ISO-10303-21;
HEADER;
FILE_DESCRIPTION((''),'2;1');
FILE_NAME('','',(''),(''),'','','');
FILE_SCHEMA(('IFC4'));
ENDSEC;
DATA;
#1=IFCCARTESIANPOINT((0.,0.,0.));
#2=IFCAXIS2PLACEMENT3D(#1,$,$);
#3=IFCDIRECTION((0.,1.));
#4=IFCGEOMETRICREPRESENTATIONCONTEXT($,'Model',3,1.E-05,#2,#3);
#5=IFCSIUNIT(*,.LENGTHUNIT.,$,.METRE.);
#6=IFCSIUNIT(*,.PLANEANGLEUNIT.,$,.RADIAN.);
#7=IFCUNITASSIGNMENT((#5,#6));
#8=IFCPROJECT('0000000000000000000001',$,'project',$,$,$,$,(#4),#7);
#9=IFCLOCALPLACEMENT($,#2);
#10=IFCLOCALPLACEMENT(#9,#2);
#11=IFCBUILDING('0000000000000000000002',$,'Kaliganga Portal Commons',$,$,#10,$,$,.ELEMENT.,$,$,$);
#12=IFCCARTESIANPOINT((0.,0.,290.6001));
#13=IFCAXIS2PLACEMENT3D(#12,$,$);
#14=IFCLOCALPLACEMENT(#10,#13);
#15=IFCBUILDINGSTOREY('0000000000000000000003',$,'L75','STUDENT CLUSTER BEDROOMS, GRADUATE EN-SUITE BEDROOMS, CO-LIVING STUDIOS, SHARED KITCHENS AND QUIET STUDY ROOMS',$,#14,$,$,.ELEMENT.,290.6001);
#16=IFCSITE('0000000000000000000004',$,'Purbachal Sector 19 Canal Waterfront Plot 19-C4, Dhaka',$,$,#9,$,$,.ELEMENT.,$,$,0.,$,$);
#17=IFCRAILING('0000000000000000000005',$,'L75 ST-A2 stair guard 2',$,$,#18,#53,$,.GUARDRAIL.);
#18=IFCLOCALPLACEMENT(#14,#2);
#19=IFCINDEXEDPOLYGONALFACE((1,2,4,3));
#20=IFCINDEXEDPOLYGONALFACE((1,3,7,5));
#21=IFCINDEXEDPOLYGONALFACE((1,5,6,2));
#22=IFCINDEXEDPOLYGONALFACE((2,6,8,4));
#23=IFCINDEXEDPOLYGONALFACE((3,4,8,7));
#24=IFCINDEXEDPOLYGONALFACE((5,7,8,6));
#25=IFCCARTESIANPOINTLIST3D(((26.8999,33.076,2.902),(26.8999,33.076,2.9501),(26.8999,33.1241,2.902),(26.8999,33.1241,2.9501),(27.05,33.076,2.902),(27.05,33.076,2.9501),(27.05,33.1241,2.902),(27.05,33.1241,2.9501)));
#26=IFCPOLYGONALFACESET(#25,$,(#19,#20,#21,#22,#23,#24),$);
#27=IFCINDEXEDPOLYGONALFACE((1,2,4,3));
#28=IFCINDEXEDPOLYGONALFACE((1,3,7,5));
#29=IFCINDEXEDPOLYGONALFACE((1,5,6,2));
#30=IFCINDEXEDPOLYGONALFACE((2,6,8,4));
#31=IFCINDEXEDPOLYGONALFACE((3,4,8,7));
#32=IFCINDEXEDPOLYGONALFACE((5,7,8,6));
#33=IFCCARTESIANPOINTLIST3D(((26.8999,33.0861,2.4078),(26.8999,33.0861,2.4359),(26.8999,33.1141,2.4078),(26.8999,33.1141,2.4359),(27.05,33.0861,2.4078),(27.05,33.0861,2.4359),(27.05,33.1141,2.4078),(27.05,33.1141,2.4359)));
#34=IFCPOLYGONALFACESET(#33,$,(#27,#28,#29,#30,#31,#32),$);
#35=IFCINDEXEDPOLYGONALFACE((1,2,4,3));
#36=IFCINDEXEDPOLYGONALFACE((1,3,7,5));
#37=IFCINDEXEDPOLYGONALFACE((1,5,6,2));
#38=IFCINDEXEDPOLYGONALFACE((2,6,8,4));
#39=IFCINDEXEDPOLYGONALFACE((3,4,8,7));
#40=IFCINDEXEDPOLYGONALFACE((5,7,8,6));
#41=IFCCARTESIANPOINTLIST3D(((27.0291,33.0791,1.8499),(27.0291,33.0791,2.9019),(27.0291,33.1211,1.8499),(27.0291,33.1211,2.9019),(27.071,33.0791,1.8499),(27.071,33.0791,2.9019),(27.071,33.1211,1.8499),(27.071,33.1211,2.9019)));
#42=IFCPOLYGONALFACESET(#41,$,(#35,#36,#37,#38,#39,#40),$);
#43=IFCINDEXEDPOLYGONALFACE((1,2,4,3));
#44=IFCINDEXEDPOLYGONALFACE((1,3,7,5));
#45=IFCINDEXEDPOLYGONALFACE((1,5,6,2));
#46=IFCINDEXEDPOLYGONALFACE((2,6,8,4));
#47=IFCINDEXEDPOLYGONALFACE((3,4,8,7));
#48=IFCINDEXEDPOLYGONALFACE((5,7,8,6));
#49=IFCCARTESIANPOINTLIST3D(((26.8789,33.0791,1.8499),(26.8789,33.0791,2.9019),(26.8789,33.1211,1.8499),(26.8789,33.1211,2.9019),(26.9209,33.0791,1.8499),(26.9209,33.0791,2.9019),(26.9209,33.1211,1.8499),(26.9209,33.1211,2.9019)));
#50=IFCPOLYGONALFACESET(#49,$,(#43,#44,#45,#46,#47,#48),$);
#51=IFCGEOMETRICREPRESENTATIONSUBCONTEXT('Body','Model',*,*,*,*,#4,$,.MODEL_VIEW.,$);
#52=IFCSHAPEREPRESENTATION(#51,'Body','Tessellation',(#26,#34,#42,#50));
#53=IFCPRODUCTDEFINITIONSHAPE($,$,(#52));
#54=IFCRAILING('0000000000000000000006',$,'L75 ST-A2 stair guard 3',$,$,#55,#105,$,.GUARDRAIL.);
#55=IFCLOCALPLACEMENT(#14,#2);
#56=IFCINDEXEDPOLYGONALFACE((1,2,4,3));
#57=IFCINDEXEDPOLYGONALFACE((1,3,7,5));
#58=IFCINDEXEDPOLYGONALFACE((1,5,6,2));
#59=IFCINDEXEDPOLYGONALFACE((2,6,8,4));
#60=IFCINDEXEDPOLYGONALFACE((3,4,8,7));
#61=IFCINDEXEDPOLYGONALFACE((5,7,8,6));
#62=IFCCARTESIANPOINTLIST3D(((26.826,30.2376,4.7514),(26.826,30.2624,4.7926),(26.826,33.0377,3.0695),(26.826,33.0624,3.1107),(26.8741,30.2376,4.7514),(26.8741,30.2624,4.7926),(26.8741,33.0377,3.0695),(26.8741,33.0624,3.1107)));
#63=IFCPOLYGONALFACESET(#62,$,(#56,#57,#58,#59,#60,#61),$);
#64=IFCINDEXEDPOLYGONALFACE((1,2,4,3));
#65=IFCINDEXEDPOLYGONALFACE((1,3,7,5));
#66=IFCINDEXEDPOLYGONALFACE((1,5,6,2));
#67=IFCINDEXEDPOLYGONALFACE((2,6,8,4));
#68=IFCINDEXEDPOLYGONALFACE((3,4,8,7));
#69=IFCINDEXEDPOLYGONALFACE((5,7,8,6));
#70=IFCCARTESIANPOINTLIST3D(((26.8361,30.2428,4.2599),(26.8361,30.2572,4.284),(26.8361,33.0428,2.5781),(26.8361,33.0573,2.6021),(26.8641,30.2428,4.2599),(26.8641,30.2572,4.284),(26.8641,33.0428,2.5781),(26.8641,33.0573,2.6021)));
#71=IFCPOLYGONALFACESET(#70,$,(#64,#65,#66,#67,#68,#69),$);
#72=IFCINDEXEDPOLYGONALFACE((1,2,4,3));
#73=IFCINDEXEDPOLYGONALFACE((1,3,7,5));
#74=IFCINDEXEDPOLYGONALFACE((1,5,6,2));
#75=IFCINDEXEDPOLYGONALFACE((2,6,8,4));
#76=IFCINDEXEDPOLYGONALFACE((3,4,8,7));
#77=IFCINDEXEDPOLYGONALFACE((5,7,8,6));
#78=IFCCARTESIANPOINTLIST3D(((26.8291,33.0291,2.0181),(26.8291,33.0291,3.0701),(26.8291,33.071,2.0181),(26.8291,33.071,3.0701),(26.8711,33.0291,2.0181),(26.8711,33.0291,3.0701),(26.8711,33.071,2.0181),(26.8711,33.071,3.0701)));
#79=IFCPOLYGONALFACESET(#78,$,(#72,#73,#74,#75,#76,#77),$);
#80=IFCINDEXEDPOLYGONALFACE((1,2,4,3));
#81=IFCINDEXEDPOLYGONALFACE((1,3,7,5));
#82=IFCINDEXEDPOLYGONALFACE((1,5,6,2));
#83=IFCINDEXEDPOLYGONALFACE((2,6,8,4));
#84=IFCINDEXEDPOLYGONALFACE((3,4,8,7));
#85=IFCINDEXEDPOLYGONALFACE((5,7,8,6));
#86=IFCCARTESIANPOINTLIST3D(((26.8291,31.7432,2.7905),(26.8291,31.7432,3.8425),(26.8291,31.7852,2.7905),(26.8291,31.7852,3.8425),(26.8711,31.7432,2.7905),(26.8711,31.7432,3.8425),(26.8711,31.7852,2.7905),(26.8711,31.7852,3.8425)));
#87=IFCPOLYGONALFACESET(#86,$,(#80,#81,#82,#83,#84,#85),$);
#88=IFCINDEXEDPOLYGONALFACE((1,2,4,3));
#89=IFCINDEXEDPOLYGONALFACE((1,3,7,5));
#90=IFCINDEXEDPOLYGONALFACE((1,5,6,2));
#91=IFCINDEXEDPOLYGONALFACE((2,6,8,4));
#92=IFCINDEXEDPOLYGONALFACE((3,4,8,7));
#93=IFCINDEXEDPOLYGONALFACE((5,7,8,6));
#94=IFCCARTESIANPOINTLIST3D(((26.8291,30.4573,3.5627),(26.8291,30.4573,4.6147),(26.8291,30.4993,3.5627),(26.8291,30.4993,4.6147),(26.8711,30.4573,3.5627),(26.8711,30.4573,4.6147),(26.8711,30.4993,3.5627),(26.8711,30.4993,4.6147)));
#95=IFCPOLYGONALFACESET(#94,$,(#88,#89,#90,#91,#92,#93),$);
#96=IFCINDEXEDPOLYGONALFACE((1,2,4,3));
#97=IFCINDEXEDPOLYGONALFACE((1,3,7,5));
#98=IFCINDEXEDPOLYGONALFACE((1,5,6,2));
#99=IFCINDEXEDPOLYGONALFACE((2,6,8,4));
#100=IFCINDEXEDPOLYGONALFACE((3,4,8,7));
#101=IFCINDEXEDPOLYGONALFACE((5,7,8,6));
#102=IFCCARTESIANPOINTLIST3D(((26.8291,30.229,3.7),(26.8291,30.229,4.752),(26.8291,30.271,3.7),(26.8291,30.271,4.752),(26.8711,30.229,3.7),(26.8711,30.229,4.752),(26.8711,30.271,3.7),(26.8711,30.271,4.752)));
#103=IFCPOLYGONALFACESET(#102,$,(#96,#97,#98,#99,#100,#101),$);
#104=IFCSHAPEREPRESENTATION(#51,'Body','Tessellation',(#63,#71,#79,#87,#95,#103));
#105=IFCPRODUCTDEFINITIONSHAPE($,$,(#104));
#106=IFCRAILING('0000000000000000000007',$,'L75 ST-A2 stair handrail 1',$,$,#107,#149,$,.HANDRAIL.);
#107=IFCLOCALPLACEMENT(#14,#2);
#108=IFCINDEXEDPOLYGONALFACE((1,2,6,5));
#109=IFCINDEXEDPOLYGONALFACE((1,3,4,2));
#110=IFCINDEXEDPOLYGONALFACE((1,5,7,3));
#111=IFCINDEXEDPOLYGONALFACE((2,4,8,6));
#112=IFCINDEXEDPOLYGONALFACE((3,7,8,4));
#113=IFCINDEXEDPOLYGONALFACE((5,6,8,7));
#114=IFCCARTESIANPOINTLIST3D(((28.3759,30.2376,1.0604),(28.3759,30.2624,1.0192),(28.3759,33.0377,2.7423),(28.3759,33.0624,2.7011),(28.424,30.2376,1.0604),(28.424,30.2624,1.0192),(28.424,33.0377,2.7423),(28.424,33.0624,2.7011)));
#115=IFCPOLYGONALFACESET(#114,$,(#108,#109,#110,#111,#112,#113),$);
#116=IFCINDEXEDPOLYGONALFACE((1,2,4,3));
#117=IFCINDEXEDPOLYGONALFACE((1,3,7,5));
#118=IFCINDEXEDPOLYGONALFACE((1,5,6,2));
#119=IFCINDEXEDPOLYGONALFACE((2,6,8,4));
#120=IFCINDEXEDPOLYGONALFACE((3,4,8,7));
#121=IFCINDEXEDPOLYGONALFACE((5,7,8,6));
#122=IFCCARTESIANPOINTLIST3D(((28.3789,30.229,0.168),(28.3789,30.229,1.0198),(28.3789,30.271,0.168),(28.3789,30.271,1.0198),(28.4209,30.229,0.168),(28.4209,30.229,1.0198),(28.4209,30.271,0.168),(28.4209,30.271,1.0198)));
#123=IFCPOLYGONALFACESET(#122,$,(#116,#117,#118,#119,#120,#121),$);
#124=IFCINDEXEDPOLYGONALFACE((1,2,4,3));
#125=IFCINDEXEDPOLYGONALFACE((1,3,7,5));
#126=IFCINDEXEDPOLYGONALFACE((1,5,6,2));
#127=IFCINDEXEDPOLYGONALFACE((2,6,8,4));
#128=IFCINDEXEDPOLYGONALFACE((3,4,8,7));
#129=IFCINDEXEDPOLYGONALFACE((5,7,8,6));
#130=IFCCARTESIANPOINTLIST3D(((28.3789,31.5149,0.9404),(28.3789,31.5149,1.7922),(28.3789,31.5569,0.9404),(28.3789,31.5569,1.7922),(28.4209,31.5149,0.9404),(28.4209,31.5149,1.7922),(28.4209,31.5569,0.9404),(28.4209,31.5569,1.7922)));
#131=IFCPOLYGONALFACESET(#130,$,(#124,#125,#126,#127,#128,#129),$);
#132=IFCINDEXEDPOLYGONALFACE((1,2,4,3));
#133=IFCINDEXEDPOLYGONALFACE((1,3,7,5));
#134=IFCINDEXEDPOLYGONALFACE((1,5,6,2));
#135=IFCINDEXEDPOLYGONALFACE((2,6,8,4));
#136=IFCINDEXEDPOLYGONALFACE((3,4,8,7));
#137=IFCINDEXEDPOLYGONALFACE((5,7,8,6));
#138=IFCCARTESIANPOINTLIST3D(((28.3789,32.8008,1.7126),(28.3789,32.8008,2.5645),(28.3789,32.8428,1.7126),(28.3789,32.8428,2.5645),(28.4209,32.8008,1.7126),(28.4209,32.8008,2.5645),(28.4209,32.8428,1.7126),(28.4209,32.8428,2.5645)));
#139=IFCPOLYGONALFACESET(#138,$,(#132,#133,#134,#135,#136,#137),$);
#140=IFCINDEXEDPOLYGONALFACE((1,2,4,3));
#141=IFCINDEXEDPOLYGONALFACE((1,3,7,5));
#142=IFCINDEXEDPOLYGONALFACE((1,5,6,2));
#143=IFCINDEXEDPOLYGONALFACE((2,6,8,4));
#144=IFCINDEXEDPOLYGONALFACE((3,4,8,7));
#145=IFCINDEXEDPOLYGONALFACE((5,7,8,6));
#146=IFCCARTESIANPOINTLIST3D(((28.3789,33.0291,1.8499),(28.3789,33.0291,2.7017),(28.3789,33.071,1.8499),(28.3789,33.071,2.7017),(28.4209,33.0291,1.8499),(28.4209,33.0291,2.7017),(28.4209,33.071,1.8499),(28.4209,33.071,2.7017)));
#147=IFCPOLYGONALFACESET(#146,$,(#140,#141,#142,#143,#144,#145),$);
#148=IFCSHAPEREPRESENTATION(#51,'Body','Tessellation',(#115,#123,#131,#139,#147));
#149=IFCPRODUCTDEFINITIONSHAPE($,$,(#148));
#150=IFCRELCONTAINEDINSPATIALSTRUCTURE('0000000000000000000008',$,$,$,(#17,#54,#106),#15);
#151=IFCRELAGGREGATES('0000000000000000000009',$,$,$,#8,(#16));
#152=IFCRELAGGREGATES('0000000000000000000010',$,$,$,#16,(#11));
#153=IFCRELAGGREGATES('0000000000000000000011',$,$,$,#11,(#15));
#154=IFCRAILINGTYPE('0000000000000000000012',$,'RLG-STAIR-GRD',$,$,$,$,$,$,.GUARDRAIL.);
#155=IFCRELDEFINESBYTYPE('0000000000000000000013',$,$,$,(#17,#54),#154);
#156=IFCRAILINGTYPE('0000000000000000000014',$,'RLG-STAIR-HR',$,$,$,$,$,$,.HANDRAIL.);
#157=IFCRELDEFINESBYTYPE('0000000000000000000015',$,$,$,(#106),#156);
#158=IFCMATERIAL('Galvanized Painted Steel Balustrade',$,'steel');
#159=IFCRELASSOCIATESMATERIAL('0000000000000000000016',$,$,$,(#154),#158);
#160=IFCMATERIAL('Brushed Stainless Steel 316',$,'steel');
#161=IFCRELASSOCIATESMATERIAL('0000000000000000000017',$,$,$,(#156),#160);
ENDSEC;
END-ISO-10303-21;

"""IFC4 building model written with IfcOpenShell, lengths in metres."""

from ifc_helpers import new_model, si_unit, direction, frame, origin, origin_2d, place, context, subcontext, project, spatial, rectangle, extrude, material, type_object, element, save


model = new_model("IFC4")

# Units and contexts
model_context = context("Model", 3, precision=1e-05, world=origin(), true_north=direction((0.0, 1.0)))
body_context = subcontext(model_context, "Body", "Model", "MODEL_VIEW")
ifc_project = project(units=[si_unit("LENGTHUNIT", "METRE"), si_unit("PLANEANGLEUNIT", "RADIAN")], contexts=[model_context])

# Site, building, storey
site_placement = place(None, origin())
site = spatial("IfcSite", under=ifc_project, at=site_placement, Name="Purbachal Sector 19 Canal Waterfront Plot 19-C4, Dhaka", CompositionType="ELEMENT", RefElevation=0.0)
building_placement = place(site_placement, origin())
building = spatial("IfcBuilding", under=site, at=building_placement, Name="Kaliganga Portal Commons", CompositionType="ELEMENT")
storey_placement = place(building_placement, frame((0.0, 0.0, 290.6001)))
storey = spatial("IfcBuildingStorey", under=building, at=storey_placement, Name="L75", Description="STUDENT CLUSTER BEDROOMS, GRADUATE EN-SUITE BEDROOMS, CO-LIVING STUDIOS, SHARED KITCHENS AND QUIET STUDY ROOMS", CompositionType="ELEMENT", Elevation=290.6001)

# Railings
ifc_material_1 = material(Name="Galvanized Painted Steel Balustrade", Category="steel")
railing_type_1 = type_object("IfcRailingType", Name="RLG-STAIR-GRD", PredefinedType="GUARDRAIL", material=ifc_material_1)
railing_1_placement = place(storey_placement, frame((27.05, 33.1001, 1.8499)))
element("IfcRailing", 1, at=railing_1_placement, inside=storey, type_object=railing_type_1, Name="L75 ST-A2 stair guard 2", PredefinedType="GUARDRAIL", context=body_context, shape_type="SweptSolid", body=[
    extrude(rectangle(XDim=0.0481, YDim=0.0481, at=origin_2d()), frame((0.0, 0.0, 1.0762), z_axis=(-1.0, 0.0, 0.0), x_axis=(0.0, -1.0, 0.0)), (0.0, 0.0, 1.0), 0.1501),
    extrude(rectangle(XDim=0.0281, YDim=0.0281, at=origin_2d()), frame((0.0, 0.0, 0.572), z_axis=(-1.0, 0.0, 0.0), x_axis=(0.0, -1.0, 0.0)), (0.0, 0.0, 1.0), 0.1501),
    extrude(rectangle(XDim=0.042, YDim=0.042, at=origin_2d()), origin(), (0.0, 0.0, 1.0), 1.052),
    extrude(rectangle(XDim=0.042, YDim=0.042, at=origin_2d()), frame((-0.1501, 0.0, 0.0)), (0.0, 0.0, 1.0), 1.052),
])
railing_2_placement = place(storey_placement, frame((26.8501, 33.05, 2.0181)))
element("IfcRailing", 2, at=railing_2_placement, inside=storey, type_object=railing_type_1, Name="L75 ST-A2 stair guard 3", PredefinedType="GUARDRAIL", context=body_context, shape_type="SweptSolid", body=[
    extrude(rectangle(XDim=0.0481, YDim=0.0481, at=origin_2d()), frame((0.0, 0.0, 1.072), z_axis=(0.0, -0.857242, 0.514913), x_axis=(1.0, 0.0, 0.0)), (0.0, 0.0, 1.0), 3.2664),
    extrude(rectangle(XDim=0.0281, YDim=0.0281, at=origin_2d()), frame((0.0, 0.0, 0.572), z_axis=(0.0, -0.857242, 0.514913), x_axis=(1.0, 0.0, 0.0)), (0.0, 0.0, 1.0), 3.2664),
    extrude(rectangle(XDim=0.042, YDim=0.042, at=origin_2d()), origin(), (0.0, 0.0, 1.0), 1.052),
    extrude(rectangle(XDim=0.042, YDim=0.042, at=origin_2d()), frame((0.0, -1.2859, 0.7725)), (0.0, 0.0, 1.0), 1.052),
    extrude(rectangle(XDim=0.042, YDim=0.042, at=origin_2d()), frame((0.0, -2.5718, 1.5447)), (0.0, 0.0, 1.0), 1.052),
    extrude(rectangle(XDim=0.042, YDim=0.042, at=origin_2d()), frame((0.0, -2.8, 1.6819)), (0.0, 0.0, 1.0), 1.052),
])
ifc_material_2 = material(Name="Brushed Stainless Steel 316", Category="steel")
railing_type_2 = type_object("IfcRailingType", Name="RLG-STAIR-HR", PredefinedType="HANDRAIL", material=ifc_material_2)
railing_3_placement = place(storey_placement, frame((28.3999, 30.25, 0.168)))
element("IfcRailing", 3, at=railing_3_placement, inside=storey, type_object=railing_type_2, Name="L75 ST-A2 stair handrail 1", PredefinedType="HANDRAIL", context=body_context, shape_type="SweptSolid", body=[
    extrude(rectangle(XDim=0.0481, YDim=0.0481, at=origin_2d()), frame((0.0, 0.0, 0.8718), z_axis=(0.0, 0.857242, 0.514913), x_axis=(-1.0, 0.0, 0.0)), (0.0, 0.0, 1.0), 3.2664),
    extrude(rectangle(XDim=0.042, YDim=0.042, at=origin_2d()), origin(), (0.0, 0.0, 1.0), 0.8518),
    extrude(rectangle(XDim=0.042, YDim=0.042, at=origin_2d()), frame((0.0, 1.2859, 0.7725)), (0.0, 0.0, 1.0), 0.8518),
    extrude(rectangle(XDim=0.042, YDim=0.042, at=origin_2d()), frame((0.0, 2.5718, 1.5447)), (0.0, 0.0, 1.0), 0.8518),
    extrude(rectangle(XDim=0.042, YDim=0.042, at=origin_2d()), frame((0.0, 2.8, 1.6819)), (0.0, 0.0, 1.0), 0.8518),
])

save(model, "model.ifc")
